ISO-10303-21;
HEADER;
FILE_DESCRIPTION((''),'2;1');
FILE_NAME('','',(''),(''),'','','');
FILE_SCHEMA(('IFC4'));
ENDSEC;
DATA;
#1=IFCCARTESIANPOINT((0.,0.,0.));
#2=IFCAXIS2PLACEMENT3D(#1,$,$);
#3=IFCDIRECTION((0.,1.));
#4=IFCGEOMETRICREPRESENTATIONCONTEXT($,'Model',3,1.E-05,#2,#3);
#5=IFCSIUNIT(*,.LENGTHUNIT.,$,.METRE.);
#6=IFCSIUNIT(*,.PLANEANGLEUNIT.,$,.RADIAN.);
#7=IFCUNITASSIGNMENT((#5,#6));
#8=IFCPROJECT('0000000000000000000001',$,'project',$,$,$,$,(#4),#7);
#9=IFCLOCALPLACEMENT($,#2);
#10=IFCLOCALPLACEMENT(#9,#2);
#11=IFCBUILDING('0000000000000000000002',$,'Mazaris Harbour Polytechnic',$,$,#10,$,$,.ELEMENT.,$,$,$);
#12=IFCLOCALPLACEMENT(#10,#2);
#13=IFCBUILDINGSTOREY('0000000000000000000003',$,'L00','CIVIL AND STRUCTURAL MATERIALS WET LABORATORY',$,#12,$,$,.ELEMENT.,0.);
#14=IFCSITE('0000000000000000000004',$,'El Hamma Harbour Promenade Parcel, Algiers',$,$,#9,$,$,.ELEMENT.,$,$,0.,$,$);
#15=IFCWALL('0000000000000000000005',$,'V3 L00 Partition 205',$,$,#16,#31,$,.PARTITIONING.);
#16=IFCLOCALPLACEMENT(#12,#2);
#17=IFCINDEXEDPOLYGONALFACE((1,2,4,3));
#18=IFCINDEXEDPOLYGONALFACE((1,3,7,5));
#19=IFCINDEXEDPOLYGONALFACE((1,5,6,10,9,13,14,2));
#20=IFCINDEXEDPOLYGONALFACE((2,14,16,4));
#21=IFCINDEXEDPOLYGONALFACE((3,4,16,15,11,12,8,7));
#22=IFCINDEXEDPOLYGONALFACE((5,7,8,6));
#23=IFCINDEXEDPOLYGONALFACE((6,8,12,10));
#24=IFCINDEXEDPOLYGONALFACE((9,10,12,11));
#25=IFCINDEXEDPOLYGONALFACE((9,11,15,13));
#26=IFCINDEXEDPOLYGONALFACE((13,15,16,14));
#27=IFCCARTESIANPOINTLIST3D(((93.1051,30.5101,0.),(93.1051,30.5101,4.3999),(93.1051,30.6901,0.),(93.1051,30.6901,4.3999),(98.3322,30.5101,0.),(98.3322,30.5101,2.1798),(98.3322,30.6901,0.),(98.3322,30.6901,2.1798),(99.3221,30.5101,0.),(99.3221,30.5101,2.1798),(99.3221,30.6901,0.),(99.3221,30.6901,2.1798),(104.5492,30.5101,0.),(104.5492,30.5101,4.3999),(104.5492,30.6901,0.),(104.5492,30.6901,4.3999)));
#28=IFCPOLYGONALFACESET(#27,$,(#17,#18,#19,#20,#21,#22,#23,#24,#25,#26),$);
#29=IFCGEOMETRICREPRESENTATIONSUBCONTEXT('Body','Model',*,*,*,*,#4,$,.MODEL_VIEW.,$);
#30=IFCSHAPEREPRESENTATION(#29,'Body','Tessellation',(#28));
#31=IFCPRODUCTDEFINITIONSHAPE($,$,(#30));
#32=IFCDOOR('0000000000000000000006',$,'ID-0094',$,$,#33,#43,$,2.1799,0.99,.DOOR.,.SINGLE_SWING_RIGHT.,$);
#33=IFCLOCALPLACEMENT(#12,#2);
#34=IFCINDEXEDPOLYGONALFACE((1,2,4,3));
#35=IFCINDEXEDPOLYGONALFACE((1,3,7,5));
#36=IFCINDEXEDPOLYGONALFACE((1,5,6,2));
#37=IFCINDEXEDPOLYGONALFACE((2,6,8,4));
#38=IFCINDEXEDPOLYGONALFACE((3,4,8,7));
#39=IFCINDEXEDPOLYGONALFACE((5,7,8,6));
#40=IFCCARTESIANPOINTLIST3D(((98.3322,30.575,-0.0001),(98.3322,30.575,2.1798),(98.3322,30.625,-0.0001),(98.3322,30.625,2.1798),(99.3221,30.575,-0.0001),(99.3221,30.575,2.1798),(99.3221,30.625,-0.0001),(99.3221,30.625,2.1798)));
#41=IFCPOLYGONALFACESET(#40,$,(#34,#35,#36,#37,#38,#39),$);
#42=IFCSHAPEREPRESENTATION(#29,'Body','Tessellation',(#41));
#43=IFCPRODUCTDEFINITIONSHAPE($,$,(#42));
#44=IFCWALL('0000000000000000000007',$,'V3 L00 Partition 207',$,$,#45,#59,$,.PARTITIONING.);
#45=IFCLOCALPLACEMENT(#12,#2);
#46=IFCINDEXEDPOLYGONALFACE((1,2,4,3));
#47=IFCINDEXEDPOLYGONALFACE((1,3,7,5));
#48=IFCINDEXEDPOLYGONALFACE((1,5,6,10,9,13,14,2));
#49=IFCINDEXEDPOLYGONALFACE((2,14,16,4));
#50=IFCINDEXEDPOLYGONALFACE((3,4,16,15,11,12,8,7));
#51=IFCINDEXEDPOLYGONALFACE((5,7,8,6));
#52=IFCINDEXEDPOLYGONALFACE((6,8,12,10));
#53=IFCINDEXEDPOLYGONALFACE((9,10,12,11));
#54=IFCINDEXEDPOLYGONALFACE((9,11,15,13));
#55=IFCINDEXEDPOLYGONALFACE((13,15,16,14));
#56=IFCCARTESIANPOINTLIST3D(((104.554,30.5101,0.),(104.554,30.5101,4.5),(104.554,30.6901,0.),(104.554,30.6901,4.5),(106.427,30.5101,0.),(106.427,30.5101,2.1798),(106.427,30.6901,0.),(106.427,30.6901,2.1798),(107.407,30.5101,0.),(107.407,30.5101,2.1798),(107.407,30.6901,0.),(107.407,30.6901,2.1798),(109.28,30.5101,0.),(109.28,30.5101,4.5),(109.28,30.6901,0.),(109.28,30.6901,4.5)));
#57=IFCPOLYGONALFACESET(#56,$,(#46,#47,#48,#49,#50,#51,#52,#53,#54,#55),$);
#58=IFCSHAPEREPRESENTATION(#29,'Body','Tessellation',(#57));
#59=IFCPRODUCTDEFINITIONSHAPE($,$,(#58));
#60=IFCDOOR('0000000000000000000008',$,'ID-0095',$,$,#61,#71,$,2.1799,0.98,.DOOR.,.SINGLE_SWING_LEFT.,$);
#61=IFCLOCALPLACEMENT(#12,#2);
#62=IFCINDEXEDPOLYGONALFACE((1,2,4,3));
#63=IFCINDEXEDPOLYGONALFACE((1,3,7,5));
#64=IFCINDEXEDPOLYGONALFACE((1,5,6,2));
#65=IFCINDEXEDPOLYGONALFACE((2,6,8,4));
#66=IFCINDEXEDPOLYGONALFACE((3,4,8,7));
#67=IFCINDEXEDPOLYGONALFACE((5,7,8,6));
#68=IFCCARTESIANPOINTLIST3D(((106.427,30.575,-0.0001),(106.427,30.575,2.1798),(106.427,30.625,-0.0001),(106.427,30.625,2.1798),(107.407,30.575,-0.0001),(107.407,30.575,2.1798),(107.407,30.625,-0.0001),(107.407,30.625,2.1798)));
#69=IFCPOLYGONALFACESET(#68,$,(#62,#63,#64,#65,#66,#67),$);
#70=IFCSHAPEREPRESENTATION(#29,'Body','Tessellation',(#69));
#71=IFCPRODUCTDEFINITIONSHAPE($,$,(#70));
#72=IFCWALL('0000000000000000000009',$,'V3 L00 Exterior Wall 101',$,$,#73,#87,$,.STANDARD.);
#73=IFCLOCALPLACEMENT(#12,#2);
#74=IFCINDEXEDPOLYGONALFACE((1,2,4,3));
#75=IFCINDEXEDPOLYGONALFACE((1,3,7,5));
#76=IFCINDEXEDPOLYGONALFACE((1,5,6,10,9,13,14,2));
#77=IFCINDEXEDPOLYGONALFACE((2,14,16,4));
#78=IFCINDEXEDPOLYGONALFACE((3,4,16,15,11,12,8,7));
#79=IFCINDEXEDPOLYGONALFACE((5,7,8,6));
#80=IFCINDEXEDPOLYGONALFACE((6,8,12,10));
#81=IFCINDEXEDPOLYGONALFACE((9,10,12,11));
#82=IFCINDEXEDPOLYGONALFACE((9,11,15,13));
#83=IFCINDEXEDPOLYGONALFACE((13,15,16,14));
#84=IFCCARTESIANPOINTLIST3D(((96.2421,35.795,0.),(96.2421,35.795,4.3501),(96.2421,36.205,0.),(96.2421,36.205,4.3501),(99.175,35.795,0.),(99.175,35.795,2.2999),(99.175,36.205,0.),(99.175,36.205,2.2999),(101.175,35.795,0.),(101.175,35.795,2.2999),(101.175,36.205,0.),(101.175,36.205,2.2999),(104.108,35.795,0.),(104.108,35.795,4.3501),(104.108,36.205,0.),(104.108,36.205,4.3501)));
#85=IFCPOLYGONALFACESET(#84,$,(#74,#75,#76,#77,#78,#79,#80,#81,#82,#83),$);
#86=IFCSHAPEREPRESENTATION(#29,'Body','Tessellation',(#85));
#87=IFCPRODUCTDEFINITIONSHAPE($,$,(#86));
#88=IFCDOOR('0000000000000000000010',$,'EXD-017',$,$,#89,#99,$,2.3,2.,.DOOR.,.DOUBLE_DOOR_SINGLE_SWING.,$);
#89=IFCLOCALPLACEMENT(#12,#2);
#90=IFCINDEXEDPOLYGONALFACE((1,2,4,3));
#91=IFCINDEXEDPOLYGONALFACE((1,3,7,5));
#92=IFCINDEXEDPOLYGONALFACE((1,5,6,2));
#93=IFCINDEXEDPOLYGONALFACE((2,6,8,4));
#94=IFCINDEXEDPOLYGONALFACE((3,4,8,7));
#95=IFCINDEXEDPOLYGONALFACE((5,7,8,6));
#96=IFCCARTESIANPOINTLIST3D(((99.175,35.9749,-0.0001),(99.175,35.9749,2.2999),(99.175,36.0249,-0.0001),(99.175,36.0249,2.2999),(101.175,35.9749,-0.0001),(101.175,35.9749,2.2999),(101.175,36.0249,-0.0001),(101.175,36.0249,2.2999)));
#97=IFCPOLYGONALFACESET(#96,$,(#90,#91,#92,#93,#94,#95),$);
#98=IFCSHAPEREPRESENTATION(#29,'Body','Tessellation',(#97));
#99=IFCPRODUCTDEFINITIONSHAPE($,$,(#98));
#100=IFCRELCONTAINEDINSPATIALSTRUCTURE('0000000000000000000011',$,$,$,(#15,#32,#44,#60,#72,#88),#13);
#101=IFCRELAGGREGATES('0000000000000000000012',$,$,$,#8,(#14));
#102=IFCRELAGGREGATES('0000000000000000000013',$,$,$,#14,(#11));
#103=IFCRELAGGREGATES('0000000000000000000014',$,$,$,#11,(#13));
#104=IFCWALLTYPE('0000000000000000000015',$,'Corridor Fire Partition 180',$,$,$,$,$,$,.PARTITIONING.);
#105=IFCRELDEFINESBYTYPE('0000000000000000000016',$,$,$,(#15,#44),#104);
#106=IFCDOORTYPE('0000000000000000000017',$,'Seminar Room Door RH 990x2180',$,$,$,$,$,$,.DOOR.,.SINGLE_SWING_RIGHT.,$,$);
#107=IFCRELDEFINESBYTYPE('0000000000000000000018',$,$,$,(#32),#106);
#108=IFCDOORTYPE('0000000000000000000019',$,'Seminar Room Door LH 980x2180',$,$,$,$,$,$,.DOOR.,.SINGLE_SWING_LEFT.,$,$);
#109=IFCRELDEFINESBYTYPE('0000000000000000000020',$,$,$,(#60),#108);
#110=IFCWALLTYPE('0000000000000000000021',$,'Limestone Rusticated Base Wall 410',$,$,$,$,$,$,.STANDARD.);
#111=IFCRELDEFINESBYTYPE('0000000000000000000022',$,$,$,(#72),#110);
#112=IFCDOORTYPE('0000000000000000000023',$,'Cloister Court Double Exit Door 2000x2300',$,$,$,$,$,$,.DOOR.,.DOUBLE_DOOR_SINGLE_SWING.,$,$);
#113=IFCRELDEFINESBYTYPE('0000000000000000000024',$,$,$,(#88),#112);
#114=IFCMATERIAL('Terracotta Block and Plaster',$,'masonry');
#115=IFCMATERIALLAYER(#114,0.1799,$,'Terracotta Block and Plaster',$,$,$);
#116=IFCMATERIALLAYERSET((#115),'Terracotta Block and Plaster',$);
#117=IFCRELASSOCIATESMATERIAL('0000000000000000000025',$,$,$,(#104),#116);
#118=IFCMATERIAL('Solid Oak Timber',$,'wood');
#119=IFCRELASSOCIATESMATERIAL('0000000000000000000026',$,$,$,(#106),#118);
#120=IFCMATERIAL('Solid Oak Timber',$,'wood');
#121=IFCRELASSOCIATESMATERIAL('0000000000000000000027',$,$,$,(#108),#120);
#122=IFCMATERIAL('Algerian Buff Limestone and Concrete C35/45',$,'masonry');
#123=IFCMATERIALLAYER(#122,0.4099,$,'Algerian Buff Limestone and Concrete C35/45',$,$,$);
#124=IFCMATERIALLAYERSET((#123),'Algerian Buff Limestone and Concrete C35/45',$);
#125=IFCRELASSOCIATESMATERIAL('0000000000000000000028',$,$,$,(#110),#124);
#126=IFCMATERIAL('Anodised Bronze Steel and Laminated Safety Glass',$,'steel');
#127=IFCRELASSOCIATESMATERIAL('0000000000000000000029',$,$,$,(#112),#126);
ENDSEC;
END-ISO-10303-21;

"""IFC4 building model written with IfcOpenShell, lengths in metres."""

from ifc_helpers import new_model, si_unit, direction, frame, frame_2d, origin, place, context, subcontext, project, spatial, rectangle, extrude, material, layer, layer_set, type_object, element, fill, save


model = new_model("IFC4")

# Units and contexts
model_context = context("Model", 3, precision=1e-05, world=origin(), true_north=direction((0.0, 1.0)))
body_context = subcontext(model_context, "Body", "Model", "MODEL_VIEW")
ifc_project = project(units=[si_unit("LENGTHUNIT", "METRE"), si_unit("PLANEANGLEUNIT", "RADIAN")], contexts=[model_context])

# Site, building, storey
site_placement = place(None, origin())
site = spatial("IfcSite", under=ifc_project, at=site_placement, Name="El Hamma Harbour Promenade Parcel, Algiers", CompositionType="ELEMENT", RefElevation=0.0)
building_placement = place(site_placement, origin())
building = spatial("IfcBuilding", under=site, at=building_placement, Name="Mazaris Harbour Polytechnic", CompositionType="ELEMENT")
storey_placement = place(building_placement, origin())
storey = spatial("IfcBuildingStorey", under=building, at=storey_placement, Name="L00", Description="CIVIL AND STRUCTURAL MATERIALS WET LABORATORY", CompositionType="ELEMENT", Elevation=0.0)

# Walls, openings, doors
ifc_material_1 = material(Name="Terracotta Block and Plaster", Category="masonry")
ifc_layer_1 = layer(ifc_material_1, 0.1799, Name="Terracotta Block and Plaster")
ifc_layer_set_1 = layer_set([ifc_layer_1], Name="Terracotta Block and Plaster")
wall_type_1 = type_object("IfcWallType", Name="Corridor Fire Partition 180", PredefinedType="PARTITIONING", material=ifc_layer_set_1)
wall_1_placement = place(storey_placement, frame((93.105, 30.6001, 0.0), z_axis=(0.0, 0.0, 1.0), x_axis=(1.0, 0.0, 0.0)))
wall_1 = element("IfcWall", 1, at=wall_1_placement, inside=storey, type_object=wall_type_1, Name="V3 L00 Partition 205", PredefinedType="PARTITIONING", context=body_context, shape_type="SweptSolid", body=[
    extrude(rectangle(XDim=11.4441, YDim=0.1799, at=frame_2d((5.7222, 0.0))), origin(), (0.0, 0.0, 1.0), 4.3999),
])
opening_1_placement = place(wall_1_placement, frame((5.2271, 0.0, 0.0)))
opening_1 = element("IfcOpeningElement", 2, at=opening_1_placement, cuts=wall_1, PredefinedType="OPENING", context=body_context, shape_type="SweptSolid", body=[
    extrude(rectangle(XDim=0.99, YDim=2.1799, at=frame_2d((0.4951, 1.0898))), frame((0.0, 0.0999, 0.0), z_axis=(0.0, -1.0, 0.0), x_axis=(1.0, 0.0, 0.0)), (0.0, 0.0, 1.0), 0.2),
])
ifc_material_2 = material(Name="Solid Oak Timber", Category="wood")
door_type_1 = type_object("IfcDoorType", Name="Seminar Room Door RH 990x2180", OperationType="SINGLE_SWING_RIGHT", PredefinedType="DOOR", material=ifc_material_2)
door_1_placement = place(opening_1_placement, origin())
door_1 = element("IfcDoor", 3, at=door_1_placement, inside=storey, type_object=door_type_1, Name="ID-0094", OperationType="SINGLE_SWING_RIGHT", OverallHeight=2.1799, OverallWidth=0.99, PredefinedType="DOOR", context=body_context, shape_type="SweptSolid", body=[
    extrude(rectangle(XDim=0.99, YDim=2.1799, at=frame_2d((0.4951, 1.0898))), frame((0.0, 0.0249, 0.0), z_axis=(0.0, -1.0, 0.0), x_axis=(1.0, 0.0, 0.0)), (0.0, 0.0, 1.0), 0.05),
])
fill(opening_1, door_1)
wall_2_placement = place(storey_placement, frame((104.554, 30.6001, 0.0), z_axis=(0.0, 0.0, 1.0), x_axis=(1.0, 0.0, 0.0)))
wall_2 = element("IfcWall", 4, at=wall_2_placement, inside=storey, type_object=wall_type_1, Name="V3 L00 Partition 207", PredefinedType="PARTITIONING", context=body_context, shape_type="SweptSolid", body=[
    extrude(rectangle(XDim=4.7261, YDim=0.1799, at=frame_2d((2.363, 0.0))), origin(), (0.0, 0.0, 1.0), 4.5),
])
opening_2_placement = place(wall_2_placement, frame((1.873, 0.0, 0.0)))
opening_2 = element("IfcOpeningElement", 5, at=opening_2_placement, cuts=wall_2, PredefinedType="OPENING", context=body_context, shape_type="SweptSolid", body=[
    extrude(rectangle(XDim=0.98, YDim=2.1799, at=frame_2d((0.49, 1.0898))), frame((0.0, 0.0999, 0.0), z_axis=(0.0, -1.0, 0.0), x_axis=(1.0, 0.0, 0.0)), (0.0, 0.0, 1.0), 0.2),
])
ifc_material_3 = material(Name="Solid Oak Timber", Category="wood")
door_type_2 = type_object("IfcDoorType", Name="Seminar Room Door LH 980x2180", OperationType="SINGLE_SWING_LEFT", PredefinedType="DOOR", material=ifc_material_3)
door_2_placement = place(opening_2_placement, origin())
door_2 = element("IfcDoor", 6, at=door_2_placement, inside=storey, type_object=door_type_2, Name="ID-0095", OperationType="SINGLE_SWING_LEFT", OverallHeight=2.1799, OverallWidth=0.98, PredefinedType="DOOR", context=body_context, shape_type="SweptSolid", body=[
    extrude(rectangle(XDim=0.98, YDim=2.1799, at=frame_2d((0.49, 1.0898))), frame((0.0, 0.0249, 0.0), z_axis=(0.0, -1.0, 0.0), x_axis=(1.0, 0.0, 0.0)), (0.0, 0.0, 1.0), 0.05),
])
fill(opening_2, door_2)
ifc_material_4 = material(Name="Algerian Buff Limestone and Concrete C35/45", Category="masonry")
ifc_layer_2 = layer(ifc_material_4, 0.4099, Name="Algerian Buff Limestone and Concrete C35/45")
ifc_layer_set_2 = layer_set([ifc_layer_2], Name="Algerian Buff Limestone and Concrete C35/45")
wall_type_2 = type_object("IfcWallType", Name="Limestone Rusticated Base Wall 410", PredefinedType="STANDARD", material=ifc_layer_set_2)
wall_3_placement = place(storey_placement, frame((96.2419, 36.0, 0.0), z_axis=(0.0, 0.0, 1.0), x_axis=(1.0, 0.0, 0.0)))
wall_3 = element("IfcWall", 7, at=wall_3_placement, inside=storey, type_object=wall_type_2, Name="V3 L00 Exterior Wall 101", PredefinedType="STANDARD", context=body_context, shape_type="SweptSolid", body=[
    extrude(rectangle(XDim=7.866, YDim=0.4099, at=frame_2d((3.9331, 0.0))), origin(), (0.0, 0.0, 1.0), 4.3501),
])
opening_3_placement = place(wall_3_placement, frame((2.9331, 0.0, 0.0)))
opening_3 = element("IfcOpeningElement", 8, at=opening_3_placement, cuts=wall_3, PredefinedType="OPENING", context=body_context, shape_type="SweptSolid", body=[
    extrude(rectangle(XDim=2.0, YDim=2.3, at=frame_2d((1.0, 1.1499))), frame((0.0, 0.2148, 0.0), z_axis=(0.0, -1.0, 0.0), x_axis=(1.0, 0.0, 0.0)), (0.0, 0.0, 1.0), 0.4299),
])
ifc_material_5 = material(Name="Anodised Bronze Steel and Laminated Safety Glass", Category="steel")
door_type_3 = type_object("IfcDoorType", Name="Cloister Court Double Exit Door 2000x2300", OperationType="DOUBLE_DOOR_SINGLE_SWING", PredefinedType="DOOR", material=ifc_material_5)
door_3_placement = place(opening_3_placement, origin())
door_3 = element("IfcDoor", 9, at=door_3_placement, inside=storey, type_object=door_type_3, Name="EXD-017", OperationType="DOUBLE_DOOR_SINGLE_SWING", OverallHeight=2.3, OverallWidth=2.0, PredefinedType="DOOR", context=body_context, shape_type="SweptSolid", body=[
    extrude(rectangle(XDim=2.0, YDim=2.3, at=frame_2d((1.0, 1.1499))), frame((0.0, 0.0249, 0.0), z_axis=(0.0, -1.0, 0.0), x_axis=(1.0, 0.0, 0.0)), (0.0, 0.0, 1.0), 0.05),
])
fill(opening_3, door_3)

save(model, "model.ifc")
